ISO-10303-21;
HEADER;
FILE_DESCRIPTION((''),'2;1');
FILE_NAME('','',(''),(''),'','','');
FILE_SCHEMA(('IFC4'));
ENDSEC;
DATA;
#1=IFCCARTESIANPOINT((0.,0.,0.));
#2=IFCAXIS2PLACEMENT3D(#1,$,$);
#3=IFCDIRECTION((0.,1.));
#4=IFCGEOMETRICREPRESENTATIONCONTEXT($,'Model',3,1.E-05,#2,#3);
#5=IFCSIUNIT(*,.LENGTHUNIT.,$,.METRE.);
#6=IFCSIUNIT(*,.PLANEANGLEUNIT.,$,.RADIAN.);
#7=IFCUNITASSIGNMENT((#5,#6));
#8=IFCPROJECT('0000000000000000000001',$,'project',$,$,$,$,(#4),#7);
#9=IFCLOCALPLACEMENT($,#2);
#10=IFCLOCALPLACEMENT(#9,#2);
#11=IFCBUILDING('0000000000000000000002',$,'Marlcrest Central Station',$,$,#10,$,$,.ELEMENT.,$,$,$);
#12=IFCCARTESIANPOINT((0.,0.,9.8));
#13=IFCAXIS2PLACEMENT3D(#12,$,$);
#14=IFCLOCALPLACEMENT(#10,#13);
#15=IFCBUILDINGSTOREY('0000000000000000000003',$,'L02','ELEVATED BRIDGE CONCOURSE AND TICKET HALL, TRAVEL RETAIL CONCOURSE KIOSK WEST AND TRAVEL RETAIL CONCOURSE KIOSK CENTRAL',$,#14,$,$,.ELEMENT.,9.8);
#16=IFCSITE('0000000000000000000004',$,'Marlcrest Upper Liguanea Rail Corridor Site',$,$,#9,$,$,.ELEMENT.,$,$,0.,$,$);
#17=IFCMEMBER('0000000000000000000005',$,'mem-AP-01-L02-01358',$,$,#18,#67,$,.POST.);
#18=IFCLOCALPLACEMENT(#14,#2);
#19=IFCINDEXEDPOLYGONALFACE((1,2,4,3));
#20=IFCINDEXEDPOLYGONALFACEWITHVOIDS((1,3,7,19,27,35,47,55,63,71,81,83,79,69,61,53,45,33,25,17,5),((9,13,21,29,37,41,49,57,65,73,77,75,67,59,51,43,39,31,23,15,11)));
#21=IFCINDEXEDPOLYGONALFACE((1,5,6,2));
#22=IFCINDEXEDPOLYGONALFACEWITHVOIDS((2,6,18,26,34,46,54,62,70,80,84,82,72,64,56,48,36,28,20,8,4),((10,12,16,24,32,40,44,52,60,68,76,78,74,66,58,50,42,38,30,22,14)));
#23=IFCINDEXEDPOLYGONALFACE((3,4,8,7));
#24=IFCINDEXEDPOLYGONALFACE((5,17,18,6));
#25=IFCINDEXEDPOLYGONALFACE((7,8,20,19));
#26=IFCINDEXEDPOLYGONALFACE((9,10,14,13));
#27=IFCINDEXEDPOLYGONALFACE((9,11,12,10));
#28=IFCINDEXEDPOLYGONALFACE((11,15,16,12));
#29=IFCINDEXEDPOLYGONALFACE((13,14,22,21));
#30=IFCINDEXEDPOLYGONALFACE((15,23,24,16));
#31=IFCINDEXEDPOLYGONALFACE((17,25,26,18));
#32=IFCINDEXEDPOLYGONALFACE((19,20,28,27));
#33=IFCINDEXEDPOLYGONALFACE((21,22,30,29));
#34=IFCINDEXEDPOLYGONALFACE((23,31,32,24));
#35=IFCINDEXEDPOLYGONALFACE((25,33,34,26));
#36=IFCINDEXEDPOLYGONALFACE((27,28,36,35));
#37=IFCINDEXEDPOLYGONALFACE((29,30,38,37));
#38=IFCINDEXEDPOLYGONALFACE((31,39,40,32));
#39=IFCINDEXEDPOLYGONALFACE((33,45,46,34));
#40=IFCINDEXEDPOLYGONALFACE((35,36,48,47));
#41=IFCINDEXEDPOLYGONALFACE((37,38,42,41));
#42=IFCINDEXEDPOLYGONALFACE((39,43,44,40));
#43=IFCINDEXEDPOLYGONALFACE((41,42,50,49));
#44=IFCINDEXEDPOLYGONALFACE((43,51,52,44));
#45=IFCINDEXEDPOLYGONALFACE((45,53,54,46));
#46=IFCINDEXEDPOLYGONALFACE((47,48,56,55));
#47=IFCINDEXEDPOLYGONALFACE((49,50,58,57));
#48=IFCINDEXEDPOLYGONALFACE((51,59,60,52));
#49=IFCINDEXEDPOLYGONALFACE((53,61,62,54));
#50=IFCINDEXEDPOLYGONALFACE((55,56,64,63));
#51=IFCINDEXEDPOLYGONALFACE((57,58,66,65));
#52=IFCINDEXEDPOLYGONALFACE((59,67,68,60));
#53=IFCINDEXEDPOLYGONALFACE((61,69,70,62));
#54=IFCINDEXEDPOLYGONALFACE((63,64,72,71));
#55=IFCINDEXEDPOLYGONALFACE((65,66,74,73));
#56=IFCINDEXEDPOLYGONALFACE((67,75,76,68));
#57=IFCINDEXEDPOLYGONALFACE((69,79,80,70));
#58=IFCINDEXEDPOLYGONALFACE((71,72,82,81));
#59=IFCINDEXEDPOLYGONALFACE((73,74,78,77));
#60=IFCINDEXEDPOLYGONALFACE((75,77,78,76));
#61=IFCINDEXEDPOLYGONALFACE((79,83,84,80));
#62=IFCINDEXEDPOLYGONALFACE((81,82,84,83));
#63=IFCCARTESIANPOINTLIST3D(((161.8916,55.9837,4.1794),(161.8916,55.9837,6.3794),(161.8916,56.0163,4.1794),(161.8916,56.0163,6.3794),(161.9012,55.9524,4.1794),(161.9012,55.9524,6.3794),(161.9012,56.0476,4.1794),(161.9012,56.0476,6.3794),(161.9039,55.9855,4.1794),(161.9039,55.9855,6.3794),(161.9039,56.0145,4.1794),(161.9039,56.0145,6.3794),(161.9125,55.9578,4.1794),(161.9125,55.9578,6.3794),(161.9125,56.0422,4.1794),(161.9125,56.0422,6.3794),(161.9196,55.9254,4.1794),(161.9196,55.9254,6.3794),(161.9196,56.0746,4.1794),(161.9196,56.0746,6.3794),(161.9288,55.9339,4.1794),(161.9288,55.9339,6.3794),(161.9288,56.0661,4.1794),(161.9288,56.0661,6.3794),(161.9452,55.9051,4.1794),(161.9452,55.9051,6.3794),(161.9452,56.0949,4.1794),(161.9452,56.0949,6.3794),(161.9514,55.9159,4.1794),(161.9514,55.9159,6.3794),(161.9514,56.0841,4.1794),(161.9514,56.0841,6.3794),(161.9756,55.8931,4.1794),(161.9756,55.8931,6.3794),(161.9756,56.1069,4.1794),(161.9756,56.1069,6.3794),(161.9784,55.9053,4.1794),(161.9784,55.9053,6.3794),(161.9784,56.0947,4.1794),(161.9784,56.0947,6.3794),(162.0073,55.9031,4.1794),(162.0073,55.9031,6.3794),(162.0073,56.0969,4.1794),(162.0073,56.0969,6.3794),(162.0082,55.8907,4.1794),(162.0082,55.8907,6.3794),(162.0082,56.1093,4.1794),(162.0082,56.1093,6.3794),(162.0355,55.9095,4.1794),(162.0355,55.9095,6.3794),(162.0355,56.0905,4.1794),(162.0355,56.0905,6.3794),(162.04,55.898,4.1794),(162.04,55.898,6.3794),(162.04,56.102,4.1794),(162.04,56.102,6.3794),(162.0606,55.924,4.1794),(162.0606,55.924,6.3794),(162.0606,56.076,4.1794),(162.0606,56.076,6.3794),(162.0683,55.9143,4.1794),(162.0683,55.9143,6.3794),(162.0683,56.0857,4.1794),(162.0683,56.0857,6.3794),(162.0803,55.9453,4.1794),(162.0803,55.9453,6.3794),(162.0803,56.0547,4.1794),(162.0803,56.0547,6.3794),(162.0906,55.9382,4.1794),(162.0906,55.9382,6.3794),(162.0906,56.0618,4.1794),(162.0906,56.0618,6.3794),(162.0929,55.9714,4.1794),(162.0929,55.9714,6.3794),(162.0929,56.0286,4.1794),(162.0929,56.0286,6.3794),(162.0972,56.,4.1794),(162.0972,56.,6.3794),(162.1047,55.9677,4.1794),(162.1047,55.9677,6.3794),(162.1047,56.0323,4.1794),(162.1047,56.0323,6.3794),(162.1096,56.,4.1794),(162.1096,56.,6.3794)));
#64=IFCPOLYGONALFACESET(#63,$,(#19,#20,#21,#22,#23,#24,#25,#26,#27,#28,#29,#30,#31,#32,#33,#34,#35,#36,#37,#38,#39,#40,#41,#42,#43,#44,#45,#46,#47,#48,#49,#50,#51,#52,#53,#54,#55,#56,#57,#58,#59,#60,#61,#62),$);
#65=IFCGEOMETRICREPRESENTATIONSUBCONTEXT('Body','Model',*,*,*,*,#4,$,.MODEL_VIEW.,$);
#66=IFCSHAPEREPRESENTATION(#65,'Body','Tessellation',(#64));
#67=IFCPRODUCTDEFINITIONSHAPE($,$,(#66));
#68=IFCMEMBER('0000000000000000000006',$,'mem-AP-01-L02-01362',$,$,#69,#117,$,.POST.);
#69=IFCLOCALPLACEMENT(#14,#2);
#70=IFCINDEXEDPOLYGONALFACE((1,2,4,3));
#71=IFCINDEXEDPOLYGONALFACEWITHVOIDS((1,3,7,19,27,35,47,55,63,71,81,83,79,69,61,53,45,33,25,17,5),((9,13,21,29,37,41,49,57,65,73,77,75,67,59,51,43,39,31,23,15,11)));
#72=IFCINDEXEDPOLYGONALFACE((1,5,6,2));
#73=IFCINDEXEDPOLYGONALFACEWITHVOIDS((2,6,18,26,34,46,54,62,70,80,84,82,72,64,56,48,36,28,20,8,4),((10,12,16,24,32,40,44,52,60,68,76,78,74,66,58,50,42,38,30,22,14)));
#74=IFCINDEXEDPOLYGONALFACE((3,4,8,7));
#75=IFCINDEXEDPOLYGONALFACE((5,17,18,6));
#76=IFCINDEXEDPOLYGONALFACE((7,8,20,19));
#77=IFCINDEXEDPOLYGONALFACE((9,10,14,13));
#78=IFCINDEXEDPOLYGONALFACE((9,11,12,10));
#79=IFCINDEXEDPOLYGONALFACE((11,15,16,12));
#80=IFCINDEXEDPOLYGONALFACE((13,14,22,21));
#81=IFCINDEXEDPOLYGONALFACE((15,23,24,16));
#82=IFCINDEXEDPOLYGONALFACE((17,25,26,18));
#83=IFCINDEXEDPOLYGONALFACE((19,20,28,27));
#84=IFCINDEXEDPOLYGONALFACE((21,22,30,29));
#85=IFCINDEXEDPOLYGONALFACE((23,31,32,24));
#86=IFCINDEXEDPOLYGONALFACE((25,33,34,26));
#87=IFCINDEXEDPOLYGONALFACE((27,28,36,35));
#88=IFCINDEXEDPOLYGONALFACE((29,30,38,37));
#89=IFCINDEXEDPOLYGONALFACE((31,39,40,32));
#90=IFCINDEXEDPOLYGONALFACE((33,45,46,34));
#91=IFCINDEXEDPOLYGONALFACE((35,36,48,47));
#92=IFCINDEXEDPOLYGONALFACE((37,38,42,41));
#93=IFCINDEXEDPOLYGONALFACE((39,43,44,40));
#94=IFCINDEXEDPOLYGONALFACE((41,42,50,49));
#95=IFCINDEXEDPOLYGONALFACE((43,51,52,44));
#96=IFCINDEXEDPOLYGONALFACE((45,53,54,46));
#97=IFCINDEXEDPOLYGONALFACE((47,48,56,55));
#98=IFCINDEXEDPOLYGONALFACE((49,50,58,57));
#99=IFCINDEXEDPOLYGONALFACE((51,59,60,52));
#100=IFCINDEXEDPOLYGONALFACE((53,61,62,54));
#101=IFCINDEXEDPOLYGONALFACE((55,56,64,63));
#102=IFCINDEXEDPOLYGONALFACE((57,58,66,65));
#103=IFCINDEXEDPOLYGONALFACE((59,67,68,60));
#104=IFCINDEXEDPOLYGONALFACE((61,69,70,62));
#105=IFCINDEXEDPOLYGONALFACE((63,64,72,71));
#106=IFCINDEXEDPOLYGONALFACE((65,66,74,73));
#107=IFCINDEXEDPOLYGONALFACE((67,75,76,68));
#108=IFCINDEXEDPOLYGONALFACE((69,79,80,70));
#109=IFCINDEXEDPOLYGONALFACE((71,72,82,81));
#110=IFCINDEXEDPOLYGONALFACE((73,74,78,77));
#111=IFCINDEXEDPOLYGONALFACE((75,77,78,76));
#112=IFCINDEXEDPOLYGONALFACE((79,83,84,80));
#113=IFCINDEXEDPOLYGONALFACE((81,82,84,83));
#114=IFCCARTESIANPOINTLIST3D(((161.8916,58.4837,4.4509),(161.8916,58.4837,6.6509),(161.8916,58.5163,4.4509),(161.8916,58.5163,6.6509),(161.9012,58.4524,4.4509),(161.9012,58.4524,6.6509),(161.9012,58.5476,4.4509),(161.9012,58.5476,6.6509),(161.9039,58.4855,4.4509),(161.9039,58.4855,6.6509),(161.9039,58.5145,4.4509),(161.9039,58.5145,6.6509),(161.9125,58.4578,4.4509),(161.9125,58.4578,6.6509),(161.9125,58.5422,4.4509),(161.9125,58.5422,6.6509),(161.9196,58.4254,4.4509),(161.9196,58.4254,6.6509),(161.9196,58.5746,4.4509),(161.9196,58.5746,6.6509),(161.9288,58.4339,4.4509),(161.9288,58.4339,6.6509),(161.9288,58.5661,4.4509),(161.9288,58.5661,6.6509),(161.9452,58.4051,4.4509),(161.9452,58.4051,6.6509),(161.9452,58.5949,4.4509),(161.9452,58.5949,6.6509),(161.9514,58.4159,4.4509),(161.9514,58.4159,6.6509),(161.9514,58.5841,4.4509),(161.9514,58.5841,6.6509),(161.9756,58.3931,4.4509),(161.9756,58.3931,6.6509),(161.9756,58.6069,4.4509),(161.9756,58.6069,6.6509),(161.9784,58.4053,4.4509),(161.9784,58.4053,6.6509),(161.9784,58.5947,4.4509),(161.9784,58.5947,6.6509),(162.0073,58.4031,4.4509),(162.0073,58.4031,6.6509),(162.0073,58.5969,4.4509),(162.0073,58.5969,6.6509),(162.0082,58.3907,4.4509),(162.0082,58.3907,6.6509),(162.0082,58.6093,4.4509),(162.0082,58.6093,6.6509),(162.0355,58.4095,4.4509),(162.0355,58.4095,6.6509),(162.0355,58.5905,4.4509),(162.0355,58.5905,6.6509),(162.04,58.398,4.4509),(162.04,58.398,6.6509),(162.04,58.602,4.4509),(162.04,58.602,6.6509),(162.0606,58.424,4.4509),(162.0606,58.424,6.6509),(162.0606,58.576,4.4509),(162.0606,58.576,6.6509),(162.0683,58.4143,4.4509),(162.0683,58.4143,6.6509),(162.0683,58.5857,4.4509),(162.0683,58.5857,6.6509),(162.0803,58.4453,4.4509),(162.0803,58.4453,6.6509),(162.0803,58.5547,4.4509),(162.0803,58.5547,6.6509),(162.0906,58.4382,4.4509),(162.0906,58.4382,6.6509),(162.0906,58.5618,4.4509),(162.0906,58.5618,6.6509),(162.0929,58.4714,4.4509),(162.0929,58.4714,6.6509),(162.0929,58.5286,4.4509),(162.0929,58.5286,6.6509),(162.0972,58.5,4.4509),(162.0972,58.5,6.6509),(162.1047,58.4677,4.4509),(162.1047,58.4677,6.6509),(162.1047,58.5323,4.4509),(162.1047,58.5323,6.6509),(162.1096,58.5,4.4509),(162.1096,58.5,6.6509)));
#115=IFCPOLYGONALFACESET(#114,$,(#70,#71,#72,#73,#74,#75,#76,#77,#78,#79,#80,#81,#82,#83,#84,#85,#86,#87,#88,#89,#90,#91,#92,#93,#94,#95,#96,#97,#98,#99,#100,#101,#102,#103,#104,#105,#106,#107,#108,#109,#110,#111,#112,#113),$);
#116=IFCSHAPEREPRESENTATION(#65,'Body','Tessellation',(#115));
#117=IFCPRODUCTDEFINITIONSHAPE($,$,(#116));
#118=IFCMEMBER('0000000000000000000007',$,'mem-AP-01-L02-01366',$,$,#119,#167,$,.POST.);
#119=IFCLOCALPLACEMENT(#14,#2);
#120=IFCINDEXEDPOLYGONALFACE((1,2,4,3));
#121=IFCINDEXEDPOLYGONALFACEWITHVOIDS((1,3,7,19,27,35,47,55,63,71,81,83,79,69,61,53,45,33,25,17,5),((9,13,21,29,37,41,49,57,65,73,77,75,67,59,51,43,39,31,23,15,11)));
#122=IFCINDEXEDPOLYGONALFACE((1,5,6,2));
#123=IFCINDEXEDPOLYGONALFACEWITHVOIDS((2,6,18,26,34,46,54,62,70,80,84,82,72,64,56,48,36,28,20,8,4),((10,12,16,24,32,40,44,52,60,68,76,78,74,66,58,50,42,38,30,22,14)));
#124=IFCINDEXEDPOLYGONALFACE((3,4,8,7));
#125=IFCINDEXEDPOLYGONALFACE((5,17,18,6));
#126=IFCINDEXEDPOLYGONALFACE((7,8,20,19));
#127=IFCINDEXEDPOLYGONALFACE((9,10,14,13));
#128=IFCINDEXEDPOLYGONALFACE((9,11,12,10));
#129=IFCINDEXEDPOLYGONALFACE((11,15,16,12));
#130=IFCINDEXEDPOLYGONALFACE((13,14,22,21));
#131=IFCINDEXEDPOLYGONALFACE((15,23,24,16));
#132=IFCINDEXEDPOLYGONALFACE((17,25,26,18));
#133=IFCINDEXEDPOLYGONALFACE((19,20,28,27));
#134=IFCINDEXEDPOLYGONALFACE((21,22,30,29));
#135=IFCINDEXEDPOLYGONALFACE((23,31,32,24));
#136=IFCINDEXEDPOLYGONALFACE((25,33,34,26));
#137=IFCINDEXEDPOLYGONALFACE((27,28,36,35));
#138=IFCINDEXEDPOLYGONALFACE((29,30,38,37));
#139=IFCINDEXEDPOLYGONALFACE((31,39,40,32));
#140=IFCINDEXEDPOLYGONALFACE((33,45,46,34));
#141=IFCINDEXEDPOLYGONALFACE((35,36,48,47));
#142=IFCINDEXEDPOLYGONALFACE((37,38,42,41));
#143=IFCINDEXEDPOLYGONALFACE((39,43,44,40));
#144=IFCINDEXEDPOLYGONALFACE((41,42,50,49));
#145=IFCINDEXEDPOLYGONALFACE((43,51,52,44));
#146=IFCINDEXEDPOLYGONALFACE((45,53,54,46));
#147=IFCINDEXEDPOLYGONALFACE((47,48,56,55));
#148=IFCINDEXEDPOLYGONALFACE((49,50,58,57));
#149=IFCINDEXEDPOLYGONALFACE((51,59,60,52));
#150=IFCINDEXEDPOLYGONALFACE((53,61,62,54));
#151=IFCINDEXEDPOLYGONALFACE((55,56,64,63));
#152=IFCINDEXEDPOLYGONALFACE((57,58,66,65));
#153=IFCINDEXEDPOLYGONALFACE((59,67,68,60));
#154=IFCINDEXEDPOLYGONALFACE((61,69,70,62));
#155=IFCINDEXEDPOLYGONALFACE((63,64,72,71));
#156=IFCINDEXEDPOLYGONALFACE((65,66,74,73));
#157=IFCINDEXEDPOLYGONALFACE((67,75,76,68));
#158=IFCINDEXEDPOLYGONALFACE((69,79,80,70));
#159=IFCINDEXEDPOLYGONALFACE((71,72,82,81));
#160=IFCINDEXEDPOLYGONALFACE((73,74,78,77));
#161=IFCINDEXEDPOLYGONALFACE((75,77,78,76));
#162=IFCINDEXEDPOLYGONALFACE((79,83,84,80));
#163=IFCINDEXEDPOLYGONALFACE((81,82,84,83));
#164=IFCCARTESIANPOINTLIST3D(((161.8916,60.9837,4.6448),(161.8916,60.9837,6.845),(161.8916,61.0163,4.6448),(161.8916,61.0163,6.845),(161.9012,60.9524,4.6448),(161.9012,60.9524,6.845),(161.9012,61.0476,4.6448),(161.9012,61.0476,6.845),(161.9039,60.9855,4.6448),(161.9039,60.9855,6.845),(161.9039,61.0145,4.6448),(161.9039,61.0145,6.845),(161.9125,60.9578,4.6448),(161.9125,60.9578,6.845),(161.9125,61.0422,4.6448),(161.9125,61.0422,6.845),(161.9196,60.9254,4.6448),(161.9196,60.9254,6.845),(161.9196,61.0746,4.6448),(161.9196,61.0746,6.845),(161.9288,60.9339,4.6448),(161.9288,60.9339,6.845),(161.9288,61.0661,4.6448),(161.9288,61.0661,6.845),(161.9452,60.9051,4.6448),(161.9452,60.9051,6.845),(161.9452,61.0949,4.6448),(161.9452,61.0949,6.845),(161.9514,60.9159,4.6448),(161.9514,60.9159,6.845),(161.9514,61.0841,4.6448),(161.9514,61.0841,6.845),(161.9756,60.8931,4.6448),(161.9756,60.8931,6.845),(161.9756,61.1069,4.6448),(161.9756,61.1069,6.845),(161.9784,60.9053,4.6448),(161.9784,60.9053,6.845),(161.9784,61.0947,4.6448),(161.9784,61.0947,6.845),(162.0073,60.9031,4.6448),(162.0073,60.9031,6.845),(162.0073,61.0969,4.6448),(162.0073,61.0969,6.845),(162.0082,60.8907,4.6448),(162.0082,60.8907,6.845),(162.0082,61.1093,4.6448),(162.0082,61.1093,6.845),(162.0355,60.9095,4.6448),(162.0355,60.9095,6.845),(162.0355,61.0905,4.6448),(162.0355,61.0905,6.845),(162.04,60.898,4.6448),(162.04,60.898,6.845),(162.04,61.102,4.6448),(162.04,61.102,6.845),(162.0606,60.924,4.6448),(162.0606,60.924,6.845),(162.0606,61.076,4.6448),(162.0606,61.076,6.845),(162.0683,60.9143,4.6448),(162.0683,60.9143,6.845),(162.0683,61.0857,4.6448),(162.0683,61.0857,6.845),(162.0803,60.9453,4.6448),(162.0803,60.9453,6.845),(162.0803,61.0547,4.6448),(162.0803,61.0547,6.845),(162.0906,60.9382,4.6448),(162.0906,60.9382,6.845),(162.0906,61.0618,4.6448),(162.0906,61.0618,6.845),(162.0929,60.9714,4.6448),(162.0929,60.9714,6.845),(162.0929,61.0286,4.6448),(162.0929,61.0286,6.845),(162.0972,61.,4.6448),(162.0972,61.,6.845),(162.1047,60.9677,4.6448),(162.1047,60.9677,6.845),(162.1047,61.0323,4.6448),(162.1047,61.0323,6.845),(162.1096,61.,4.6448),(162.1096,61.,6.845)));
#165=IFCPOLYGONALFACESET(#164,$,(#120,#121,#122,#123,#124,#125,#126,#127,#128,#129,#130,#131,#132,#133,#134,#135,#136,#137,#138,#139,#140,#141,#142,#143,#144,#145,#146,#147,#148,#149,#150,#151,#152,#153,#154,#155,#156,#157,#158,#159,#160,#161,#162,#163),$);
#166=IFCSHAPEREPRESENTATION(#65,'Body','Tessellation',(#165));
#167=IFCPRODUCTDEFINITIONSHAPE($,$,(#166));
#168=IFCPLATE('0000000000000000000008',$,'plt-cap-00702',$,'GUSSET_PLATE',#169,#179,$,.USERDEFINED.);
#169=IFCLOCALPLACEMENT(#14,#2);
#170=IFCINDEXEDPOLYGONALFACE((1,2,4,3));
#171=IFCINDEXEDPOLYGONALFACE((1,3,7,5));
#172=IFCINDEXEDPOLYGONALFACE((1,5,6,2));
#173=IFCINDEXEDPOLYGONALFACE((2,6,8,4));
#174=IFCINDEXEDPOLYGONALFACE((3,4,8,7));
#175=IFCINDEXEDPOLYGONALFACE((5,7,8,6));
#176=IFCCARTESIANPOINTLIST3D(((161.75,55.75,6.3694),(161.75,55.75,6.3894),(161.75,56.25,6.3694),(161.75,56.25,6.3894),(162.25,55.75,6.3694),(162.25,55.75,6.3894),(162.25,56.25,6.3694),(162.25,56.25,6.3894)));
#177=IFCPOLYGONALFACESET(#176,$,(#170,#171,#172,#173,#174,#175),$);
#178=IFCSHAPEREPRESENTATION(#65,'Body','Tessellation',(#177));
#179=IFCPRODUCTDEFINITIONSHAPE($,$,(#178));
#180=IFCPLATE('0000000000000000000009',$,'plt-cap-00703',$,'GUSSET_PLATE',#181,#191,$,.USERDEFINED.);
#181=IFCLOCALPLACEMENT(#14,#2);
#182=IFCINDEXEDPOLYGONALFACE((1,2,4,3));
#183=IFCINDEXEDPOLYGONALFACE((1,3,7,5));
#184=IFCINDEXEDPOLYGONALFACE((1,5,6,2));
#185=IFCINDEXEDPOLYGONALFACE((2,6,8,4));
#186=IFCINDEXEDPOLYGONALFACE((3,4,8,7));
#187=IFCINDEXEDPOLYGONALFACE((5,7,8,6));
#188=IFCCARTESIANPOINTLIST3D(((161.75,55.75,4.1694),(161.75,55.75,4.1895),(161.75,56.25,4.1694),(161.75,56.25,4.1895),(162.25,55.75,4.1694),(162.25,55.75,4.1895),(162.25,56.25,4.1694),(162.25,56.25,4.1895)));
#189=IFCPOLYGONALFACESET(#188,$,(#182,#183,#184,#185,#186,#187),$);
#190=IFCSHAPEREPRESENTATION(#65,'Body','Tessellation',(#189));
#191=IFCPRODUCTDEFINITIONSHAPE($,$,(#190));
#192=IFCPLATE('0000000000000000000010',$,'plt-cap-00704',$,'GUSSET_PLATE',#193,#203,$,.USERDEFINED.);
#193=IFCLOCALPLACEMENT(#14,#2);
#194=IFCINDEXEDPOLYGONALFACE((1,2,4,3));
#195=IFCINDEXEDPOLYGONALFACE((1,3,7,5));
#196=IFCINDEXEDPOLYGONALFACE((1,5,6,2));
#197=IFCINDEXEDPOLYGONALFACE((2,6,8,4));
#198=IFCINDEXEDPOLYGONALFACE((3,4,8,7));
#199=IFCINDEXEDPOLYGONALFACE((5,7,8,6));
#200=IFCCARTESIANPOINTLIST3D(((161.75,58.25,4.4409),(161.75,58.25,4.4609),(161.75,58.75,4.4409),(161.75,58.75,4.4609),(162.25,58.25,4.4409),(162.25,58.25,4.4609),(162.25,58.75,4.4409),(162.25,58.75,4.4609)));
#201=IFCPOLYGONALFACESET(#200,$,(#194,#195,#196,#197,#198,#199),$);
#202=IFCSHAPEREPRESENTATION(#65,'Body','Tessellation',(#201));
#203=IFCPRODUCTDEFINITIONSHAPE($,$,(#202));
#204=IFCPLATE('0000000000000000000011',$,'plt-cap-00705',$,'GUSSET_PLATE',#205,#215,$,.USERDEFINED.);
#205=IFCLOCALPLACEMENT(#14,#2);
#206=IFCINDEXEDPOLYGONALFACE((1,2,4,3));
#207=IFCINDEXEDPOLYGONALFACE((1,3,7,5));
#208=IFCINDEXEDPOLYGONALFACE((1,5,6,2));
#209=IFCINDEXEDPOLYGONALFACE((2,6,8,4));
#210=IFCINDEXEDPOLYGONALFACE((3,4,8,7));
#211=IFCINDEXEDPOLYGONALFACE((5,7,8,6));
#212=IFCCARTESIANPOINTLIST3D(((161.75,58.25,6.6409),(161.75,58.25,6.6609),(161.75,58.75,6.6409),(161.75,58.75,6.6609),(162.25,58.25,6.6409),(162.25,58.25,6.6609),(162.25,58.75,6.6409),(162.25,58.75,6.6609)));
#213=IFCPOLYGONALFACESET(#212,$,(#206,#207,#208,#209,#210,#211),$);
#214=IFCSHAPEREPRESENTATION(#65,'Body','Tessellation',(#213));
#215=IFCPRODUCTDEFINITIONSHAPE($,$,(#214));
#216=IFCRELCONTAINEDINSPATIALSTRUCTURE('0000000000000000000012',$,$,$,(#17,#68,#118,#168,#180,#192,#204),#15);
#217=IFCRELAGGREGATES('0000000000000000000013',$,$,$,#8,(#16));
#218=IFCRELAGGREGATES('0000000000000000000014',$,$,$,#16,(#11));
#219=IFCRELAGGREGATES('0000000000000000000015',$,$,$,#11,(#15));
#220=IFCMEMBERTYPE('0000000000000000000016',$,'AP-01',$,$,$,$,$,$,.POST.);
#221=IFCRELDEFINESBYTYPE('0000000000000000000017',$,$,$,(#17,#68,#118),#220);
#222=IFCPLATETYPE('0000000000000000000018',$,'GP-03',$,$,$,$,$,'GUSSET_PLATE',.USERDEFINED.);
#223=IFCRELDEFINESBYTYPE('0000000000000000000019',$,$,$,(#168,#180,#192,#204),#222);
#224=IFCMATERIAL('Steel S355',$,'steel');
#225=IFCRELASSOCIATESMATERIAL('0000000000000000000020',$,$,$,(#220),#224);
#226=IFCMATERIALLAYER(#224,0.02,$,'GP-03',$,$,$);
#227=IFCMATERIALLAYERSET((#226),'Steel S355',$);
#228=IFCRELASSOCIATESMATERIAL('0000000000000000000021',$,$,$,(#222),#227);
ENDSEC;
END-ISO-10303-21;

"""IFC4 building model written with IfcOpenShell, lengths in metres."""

from ifc_helpers import new_model, si_unit, direction, frame, origin, origin_2d, place, context, subcontext, project, spatial, rectangle, hollow_circle, extrude, material, layer, layer_set, material_profile, profile_set, type_object, element, save


model = new_model("IFC4")

# Units and contexts
model_context = context("Model", 3, precision=1e-05, world=origin(), true_north=direction((0.0, 1.0)))
body_context = subcontext(model_context, "Body", "Model", "MODEL_VIEW")
ifc_project = project(units=[si_unit("LENGTHUNIT", "METRE"), si_unit("PLANEANGLEUNIT", "RADIAN")], contexts=[model_context])

# Site, building, storey
site_placement = place(None, origin())
site = spatial("IfcSite", under=ifc_project, at=site_placement, Name="Marlcrest Upper Liguanea Rail Corridor Site", CompositionType="ELEMENT", RefElevation=0.0)
building_placement = place(site_placement, origin())
building = spatial("IfcBuilding", under=site, at=building_placement, Name="Marlcrest Central Station", CompositionType="ELEMENT")
storey_placement = place(building_placement, frame((0.0, 0.0, 9.8)))
storey = spatial("IfcBuildingStorey", under=building, at=storey_placement, Name="L02", Description="ELEVATED BRIDGE CONCOURSE AND TICKET HALL, TRAVEL RETAIL CONCOURSE KIOSK WEST AND TRAVEL RETAIL CONCOURSE KIOSK CENTRAL", CompositionType="ELEMENT", Elevation=9.8)

# Members
ifc_material = material(Name="Steel S355", Category="steel")
ifc_material_profile_1 = material_profile(ifc_material, hollow_circle(Radius=0.1096, WallThickness=0.0125, at=origin_2d()), Name="CHS 219.1x12.5")
ifc_profile_set_1 = profile_set([ifc_material_profile_1], Name="Steel S355")
member_type_1 = type_object("IfcMemberType", Name="AP-01", PredefinedType="POST", material=ifc_profile_set_1)
for number, where, z_axis, x_axis, name in (
    (1, (162.0, 56.0, 4.1794), (0.0, 0.0, 1.0), (1.0, 0.0, 0.0), "mem-AP-01-L02-01358"),
    (2, (162.0, 58.5, 4.4509), (0.0, 0.0, 1.0), (1.0, 0.0, 0.0), "mem-AP-01-L02-01362"),
):
    element("IfcMember", number, at=place(storey_placement, frame(where, z_axis=z_axis, x_axis=x_axis)), inside=storey, type_object=member_type_1, Name=name, PredefinedType="POST", context=body_context, shape_type="SweptSolid", body=[
        extrude(hollow_circle(Radius=0.1096, WallThickness=0.0125, at=origin_2d()), origin(), (0.0, 0.0, 1.0), 2.2),
    ])
member_1_placement = place(storey_placement, frame((162.0, 61.0, 4.6448), z_axis=(0.0, 0.0, 1.0), x_axis=(1.0, 0.0, 0.0)))
element("IfcMember", 3, at=member_1_placement, inside=storey, type_object=member_type_1, Name="mem-AP-01-L02-01366", PredefinedType="POST", context=body_context, shape_type="SweptSolid", body=[
    extrude(hollow_circle(Radius=0.1096, WallThickness=0.0125, at=origin_2d()), origin(), (0.0, 0.0, 1.0), 2.2002),
])

# Plates
ifc_layer = layer(ifc_material, 0.02, Name="GP-03")
ifc_layer_set = layer_set([ifc_layer], Name="Steel S355")
plate_type = type_object("IfcPlateType", Name="GP-03", ElementType="GUSSET_PLATE", PredefinedType="USERDEFINED", material=ifc_layer_set)
for number, where, z_axis, x_axis, name in (
    (4, (162.0, 56.0, 6.3694), (0.0, 0.0, 1.0), (1.0, 0.0, 0.0), "plt-cap-00702"),
    (5, (162.0, 56.0, 4.1694), (0.0, 0.0, 1.0), (1.0, 0.0, 0.0), "plt-cap-00703"),
    (6, (162.0, 58.5, 4.4409), (0.0, 0.0, 1.0), (1.0, 0.0, 0.0), "plt-cap-00704"),
    (7, (162.0, 58.5, 6.6409), (0.0, 0.0, 1.0), (1.0, 0.0, 0.0), "plt-cap-00705"),
):
    element("IfcPlate", number, at=place(storey_placement, frame(where, z_axis=z_axis, x_axis=x_axis)), inside=storey, type_object=plate_type, Name=name, ObjectType="GUSSET_PLATE", PredefinedType="USERDEFINED", context=body_context, shape_type="SweptSolid", body=[
        extrude(rectangle(XDim=0.5, YDim=0.5, at=origin_2d()), origin(), (0.0, 0.0, 1.0), 0.02),
    ])

save(model, "model.ifc")
